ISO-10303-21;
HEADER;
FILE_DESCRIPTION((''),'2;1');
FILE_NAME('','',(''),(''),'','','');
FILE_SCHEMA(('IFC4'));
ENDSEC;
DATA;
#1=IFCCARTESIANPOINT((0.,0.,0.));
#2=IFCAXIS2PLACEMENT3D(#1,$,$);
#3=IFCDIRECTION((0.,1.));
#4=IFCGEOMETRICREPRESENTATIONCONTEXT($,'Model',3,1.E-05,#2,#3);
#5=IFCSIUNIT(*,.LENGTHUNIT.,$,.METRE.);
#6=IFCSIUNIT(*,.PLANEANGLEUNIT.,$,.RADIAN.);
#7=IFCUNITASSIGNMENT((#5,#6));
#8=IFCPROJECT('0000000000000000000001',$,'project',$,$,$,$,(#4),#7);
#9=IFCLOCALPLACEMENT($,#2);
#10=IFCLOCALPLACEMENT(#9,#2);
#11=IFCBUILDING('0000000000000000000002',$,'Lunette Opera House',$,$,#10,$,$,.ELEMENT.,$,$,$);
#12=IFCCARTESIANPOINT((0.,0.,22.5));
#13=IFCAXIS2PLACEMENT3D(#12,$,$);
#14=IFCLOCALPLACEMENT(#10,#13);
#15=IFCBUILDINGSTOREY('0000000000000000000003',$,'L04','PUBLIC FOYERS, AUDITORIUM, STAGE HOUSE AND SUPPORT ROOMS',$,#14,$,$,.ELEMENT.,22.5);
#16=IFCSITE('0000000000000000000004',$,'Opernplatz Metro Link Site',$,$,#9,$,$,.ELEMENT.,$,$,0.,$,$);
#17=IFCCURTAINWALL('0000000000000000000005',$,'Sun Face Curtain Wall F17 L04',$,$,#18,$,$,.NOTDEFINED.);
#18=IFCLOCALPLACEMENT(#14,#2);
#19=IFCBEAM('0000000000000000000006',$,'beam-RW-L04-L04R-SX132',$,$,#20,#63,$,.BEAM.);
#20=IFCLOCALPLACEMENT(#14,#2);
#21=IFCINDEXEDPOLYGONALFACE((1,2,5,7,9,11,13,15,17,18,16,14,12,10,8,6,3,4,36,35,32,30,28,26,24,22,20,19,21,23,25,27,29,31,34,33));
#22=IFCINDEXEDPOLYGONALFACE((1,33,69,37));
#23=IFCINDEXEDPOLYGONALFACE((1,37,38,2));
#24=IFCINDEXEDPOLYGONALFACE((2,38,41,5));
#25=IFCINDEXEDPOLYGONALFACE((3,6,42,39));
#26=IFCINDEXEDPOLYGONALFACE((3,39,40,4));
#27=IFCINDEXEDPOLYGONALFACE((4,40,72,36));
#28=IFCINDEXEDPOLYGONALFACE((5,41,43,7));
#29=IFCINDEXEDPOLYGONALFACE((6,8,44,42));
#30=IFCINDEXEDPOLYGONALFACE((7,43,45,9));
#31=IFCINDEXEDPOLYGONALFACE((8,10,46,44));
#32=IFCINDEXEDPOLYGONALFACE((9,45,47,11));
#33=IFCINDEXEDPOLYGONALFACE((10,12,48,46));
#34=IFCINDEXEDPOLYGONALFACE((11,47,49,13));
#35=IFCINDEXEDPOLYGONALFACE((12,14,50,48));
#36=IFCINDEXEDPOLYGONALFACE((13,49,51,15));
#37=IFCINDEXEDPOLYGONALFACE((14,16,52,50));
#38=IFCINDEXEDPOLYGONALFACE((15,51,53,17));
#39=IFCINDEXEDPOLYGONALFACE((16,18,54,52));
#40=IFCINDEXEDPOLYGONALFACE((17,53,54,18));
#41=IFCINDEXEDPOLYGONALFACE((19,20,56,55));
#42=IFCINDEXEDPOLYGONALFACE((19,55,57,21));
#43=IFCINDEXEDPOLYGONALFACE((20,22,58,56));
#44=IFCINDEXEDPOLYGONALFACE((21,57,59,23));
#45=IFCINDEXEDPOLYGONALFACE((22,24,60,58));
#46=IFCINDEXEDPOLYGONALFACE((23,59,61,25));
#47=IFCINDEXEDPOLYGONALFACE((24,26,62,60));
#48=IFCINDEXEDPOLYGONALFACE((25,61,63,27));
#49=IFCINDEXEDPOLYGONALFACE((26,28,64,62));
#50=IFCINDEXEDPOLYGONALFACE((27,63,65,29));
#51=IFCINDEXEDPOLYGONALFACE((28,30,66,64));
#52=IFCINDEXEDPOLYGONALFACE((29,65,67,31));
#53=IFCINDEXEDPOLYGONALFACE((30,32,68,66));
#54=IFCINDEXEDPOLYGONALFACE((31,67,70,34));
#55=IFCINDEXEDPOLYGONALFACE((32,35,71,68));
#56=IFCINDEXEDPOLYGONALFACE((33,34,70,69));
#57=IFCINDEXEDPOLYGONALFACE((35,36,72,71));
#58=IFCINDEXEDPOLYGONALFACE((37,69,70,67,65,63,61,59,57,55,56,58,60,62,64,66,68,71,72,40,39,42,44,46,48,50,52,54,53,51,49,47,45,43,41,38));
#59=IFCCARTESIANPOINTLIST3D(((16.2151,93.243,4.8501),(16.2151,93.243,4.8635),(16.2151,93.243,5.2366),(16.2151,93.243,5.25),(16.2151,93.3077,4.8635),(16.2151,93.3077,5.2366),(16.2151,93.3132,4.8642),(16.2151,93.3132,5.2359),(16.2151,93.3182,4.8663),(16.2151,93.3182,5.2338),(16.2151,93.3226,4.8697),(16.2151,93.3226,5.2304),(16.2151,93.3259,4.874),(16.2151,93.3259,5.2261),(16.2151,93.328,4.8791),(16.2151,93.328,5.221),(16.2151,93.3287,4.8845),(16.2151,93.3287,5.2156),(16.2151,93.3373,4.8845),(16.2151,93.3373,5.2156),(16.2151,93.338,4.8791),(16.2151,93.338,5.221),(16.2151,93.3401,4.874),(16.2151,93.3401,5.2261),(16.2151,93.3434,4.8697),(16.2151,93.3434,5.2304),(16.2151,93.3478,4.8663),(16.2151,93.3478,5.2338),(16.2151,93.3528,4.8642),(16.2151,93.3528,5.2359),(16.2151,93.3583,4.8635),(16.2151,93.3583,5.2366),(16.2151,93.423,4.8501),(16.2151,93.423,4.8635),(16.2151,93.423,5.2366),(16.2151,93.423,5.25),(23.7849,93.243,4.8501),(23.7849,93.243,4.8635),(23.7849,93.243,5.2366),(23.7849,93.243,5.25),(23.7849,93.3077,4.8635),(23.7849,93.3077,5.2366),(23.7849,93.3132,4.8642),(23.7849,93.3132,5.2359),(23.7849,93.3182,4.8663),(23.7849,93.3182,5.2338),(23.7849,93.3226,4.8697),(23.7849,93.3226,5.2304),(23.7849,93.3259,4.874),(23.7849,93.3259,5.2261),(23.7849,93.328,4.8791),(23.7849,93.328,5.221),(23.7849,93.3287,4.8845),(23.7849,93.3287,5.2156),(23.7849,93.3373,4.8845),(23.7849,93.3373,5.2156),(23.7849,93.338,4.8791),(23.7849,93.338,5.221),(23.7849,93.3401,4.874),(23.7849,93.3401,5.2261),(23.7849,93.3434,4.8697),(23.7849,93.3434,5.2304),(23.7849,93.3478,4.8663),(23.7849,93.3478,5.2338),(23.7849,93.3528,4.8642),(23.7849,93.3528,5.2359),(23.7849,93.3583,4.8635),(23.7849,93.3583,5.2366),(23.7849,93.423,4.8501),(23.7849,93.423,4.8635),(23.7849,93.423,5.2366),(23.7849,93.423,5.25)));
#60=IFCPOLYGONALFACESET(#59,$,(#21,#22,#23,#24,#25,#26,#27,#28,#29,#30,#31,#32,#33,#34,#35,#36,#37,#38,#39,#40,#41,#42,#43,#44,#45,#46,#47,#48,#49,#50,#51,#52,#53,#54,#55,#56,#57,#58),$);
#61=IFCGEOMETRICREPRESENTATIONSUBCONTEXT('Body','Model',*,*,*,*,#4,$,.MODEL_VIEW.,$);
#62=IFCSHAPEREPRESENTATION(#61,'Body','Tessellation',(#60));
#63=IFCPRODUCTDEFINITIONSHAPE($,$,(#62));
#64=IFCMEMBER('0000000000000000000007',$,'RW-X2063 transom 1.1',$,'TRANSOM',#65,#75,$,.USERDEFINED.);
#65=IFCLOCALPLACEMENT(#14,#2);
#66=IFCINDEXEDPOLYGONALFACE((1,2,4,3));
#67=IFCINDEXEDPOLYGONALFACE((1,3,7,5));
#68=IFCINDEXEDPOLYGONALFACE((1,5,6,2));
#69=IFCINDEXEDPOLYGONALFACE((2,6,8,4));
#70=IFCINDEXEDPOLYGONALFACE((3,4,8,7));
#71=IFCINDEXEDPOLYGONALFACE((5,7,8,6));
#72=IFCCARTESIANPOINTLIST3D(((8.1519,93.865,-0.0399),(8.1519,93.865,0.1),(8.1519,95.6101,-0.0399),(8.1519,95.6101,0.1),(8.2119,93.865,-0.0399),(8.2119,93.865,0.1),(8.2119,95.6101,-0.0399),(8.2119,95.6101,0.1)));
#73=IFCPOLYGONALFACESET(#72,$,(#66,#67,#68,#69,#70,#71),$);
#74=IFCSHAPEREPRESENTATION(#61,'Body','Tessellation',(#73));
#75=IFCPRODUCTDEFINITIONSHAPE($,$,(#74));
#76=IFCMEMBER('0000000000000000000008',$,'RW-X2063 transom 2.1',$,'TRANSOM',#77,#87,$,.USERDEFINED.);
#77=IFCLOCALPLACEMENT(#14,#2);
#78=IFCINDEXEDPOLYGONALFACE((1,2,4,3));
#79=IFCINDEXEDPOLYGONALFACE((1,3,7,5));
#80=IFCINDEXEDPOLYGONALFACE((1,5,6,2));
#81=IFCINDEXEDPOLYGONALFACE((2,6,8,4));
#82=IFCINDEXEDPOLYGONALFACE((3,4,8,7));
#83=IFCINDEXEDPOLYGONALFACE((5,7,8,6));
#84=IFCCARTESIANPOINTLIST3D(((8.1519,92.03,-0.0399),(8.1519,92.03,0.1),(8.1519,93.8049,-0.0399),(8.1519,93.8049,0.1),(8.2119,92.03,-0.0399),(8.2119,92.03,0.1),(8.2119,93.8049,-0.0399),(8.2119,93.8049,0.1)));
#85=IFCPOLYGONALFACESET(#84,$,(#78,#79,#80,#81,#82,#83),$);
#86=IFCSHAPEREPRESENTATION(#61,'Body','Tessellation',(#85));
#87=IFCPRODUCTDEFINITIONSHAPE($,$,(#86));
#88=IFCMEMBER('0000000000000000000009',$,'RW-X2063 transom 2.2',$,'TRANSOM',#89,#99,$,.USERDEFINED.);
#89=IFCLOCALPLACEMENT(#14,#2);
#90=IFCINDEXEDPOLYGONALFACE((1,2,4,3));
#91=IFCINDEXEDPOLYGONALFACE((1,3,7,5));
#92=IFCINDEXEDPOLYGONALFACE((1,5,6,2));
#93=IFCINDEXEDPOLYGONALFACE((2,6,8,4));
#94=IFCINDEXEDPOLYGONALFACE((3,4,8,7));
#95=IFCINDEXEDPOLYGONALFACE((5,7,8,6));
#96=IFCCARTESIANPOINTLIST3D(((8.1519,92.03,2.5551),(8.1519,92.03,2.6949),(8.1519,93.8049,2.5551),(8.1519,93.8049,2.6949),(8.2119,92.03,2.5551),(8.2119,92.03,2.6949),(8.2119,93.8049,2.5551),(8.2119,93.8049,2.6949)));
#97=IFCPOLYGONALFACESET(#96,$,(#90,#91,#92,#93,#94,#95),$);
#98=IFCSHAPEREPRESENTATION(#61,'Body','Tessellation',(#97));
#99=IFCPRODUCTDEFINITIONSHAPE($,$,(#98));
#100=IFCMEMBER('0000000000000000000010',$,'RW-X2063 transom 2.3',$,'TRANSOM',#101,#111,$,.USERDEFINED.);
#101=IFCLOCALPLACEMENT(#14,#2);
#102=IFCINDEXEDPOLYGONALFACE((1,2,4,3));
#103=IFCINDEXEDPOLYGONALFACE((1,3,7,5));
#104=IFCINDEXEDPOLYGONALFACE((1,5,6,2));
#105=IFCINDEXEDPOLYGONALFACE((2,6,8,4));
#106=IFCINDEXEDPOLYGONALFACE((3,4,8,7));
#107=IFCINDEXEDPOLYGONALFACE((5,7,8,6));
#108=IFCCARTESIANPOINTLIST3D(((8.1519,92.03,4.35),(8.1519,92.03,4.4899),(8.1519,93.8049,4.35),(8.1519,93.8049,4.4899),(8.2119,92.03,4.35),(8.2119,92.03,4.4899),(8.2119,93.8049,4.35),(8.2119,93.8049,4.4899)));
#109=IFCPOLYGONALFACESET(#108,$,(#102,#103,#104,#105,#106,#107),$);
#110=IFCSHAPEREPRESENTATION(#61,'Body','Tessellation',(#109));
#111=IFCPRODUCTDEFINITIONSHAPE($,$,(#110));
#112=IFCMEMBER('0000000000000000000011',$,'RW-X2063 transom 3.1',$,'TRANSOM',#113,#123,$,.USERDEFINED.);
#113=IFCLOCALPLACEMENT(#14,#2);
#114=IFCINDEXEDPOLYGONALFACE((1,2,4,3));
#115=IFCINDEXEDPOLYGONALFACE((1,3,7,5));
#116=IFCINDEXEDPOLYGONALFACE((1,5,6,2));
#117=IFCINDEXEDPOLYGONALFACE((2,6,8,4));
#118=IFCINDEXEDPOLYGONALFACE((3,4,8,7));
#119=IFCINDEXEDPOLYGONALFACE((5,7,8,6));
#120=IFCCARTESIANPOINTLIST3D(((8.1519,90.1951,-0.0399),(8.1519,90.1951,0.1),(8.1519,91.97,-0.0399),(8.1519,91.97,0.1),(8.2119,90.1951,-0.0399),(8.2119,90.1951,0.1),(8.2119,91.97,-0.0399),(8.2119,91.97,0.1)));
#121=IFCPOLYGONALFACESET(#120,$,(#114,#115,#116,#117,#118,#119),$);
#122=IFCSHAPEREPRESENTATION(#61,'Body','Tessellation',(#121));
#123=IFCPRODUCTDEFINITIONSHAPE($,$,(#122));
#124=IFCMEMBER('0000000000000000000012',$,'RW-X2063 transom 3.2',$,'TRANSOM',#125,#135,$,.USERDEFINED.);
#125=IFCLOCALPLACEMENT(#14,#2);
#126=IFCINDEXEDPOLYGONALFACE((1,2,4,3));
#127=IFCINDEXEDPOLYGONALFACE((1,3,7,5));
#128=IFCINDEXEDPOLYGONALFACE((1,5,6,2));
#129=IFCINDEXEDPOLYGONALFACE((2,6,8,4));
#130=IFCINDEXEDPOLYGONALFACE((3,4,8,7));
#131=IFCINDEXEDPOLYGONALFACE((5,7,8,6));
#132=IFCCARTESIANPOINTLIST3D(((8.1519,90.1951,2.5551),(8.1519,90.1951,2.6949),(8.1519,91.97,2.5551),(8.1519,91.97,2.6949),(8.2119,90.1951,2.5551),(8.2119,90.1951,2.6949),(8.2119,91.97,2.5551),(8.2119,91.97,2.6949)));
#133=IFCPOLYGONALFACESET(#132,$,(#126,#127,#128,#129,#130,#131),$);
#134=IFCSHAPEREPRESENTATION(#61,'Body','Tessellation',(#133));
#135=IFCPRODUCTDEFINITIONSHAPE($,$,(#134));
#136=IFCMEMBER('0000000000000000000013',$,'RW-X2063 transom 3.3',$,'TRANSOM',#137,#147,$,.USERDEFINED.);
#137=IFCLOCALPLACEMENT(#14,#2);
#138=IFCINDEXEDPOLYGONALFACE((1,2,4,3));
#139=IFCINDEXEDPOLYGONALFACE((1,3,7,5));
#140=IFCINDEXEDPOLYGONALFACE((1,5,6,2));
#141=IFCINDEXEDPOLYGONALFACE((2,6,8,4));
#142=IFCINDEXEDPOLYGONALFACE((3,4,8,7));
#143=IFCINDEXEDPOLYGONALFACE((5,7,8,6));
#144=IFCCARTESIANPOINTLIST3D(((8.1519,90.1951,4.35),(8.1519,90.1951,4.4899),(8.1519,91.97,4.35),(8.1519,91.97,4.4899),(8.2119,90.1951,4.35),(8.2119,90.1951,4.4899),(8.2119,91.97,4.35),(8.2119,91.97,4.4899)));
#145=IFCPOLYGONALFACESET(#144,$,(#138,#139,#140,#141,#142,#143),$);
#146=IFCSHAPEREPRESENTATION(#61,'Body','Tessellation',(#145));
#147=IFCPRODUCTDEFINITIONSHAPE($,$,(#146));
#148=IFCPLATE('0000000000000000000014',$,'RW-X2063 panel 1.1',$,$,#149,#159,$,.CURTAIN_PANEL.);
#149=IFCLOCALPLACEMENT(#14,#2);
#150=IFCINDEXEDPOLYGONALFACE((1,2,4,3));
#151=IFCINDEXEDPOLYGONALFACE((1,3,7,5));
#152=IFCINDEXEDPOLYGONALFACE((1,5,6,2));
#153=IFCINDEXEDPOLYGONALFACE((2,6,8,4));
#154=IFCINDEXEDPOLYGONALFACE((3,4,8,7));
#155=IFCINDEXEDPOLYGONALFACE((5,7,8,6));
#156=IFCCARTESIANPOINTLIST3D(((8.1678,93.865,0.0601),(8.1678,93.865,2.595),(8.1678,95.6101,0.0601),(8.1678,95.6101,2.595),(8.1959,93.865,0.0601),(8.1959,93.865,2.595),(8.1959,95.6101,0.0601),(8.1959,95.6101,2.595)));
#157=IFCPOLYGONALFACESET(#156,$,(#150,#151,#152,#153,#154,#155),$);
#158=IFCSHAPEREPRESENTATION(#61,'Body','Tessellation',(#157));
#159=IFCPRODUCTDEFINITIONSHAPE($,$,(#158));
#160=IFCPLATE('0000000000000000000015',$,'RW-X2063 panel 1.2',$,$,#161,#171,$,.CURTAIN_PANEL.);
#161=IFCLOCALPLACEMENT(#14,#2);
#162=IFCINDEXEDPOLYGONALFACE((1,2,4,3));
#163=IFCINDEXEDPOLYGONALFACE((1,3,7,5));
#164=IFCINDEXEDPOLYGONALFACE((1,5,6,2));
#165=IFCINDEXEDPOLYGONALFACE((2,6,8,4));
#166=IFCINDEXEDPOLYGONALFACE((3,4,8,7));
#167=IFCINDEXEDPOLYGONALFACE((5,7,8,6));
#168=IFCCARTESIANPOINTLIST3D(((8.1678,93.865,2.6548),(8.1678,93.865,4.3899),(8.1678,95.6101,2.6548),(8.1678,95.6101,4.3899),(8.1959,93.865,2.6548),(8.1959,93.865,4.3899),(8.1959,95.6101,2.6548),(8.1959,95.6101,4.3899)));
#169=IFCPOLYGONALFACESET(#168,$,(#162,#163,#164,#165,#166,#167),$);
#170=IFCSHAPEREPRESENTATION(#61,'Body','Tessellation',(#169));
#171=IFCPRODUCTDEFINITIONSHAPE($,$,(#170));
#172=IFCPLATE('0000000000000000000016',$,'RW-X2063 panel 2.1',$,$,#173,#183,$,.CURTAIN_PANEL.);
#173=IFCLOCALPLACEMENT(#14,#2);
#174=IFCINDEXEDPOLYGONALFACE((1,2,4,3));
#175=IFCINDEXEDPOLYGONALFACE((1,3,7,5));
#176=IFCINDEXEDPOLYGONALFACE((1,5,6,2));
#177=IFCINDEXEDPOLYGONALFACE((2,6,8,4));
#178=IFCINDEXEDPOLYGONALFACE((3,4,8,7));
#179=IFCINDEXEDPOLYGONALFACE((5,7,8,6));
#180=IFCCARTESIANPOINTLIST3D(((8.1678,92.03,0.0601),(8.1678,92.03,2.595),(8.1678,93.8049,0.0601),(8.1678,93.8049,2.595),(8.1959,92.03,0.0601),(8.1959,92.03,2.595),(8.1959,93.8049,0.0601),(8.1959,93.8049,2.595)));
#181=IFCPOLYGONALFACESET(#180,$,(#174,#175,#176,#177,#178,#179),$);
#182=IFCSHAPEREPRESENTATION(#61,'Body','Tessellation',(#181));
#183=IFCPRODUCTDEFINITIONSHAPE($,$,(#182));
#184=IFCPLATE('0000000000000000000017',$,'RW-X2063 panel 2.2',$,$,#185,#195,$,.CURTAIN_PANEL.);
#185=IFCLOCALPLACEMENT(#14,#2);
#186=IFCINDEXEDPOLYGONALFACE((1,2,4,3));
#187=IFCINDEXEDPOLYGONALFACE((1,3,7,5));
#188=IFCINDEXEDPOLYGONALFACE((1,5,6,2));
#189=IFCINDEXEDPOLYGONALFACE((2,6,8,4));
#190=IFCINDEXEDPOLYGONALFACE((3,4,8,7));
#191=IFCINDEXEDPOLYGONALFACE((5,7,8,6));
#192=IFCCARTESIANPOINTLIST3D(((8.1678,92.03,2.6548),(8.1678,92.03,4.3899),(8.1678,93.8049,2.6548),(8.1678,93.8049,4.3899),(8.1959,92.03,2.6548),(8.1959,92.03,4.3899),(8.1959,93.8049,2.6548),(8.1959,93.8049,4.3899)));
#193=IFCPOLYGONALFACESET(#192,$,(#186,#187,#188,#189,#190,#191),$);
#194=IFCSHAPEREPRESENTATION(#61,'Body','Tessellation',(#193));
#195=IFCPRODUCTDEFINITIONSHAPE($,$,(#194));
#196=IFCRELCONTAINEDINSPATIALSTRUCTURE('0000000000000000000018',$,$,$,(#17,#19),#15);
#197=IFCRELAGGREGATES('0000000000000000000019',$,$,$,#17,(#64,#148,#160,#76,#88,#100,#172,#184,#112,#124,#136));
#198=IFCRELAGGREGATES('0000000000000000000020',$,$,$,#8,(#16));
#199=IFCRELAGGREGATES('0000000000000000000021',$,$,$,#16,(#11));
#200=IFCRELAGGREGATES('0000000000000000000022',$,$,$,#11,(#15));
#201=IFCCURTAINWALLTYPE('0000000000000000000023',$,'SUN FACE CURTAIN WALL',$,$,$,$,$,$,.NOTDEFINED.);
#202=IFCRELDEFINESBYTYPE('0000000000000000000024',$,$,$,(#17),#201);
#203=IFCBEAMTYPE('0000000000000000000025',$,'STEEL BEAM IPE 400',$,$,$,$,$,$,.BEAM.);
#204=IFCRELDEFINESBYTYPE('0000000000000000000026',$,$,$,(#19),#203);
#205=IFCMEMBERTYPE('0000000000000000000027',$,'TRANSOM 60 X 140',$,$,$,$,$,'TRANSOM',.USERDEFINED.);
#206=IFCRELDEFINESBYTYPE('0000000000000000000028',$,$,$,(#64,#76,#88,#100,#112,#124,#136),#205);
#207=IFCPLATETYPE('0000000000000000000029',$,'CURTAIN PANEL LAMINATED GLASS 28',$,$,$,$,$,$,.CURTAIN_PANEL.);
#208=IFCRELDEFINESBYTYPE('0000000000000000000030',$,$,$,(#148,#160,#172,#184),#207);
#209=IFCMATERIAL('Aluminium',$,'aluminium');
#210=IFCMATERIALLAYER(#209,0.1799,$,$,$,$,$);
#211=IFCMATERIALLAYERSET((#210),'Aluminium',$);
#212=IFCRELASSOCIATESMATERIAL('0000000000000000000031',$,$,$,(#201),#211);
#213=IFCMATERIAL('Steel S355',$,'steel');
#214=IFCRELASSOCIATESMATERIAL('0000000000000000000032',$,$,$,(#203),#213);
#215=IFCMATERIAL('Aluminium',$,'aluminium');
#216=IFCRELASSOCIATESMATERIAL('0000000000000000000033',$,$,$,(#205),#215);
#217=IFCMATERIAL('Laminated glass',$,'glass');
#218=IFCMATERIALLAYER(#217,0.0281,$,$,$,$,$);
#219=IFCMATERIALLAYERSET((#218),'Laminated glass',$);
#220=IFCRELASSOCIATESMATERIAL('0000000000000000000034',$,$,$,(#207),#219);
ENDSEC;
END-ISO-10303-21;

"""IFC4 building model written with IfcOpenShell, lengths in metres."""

from ifc_helpers import new_model, si_unit, direction, frame, origin, origin_2d, place, context, subcontext, project, spatial, rectangle, i_section, extrude, material, layer, layer_set, material_profile, profile_set, type_object, element, aggregate, save


model = new_model("IFC4")

# Units and contexts
model_context = context("Model", 3, precision=1e-05, world=origin(), true_north=direction((0.0, 1.0)))
body_context = subcontext(model_context, "Body", "Model", "MODEL_VIEW")
ifc_project = project(units=[si_unit("LENGTHUNIT", "METRE"), si_unit("PLANEANGLEUNIT", "RADIAN")], contexts=[model_context])

# Site, building, storey
site_placement = place(None, origin())
site = spatial("IfcSite", under=ifc_project, at=site_placement, Name="Opernplatz Metro Link Site", CompositionType="ELEMENT", RefElevation=0.0)
building_placement = place(site_placement, origin())
building = spatial("IfcBuilding", under=site, at=building_placement, Name="Lunette Opera House", CompositionType="ELEMENT")
storey_placement = place(building_placement, frame((0.0, 0.0, 22.5)))
storey = spatial("IfcBuildingStorey", under=building, at=storey_placement, Name="L04", Description="PUBLIC FOYERS, AUDITORIUM, STAGE HOUSE AND SUPPORT ROOMS", CompositionType="ELEMENT", Elevation=22.5)

# Curtain wall
ifc_material_1 = material(Name="Aluminium", Category="aluminium")
ifc_layer_1 = layer(ifc_material_1, 0.1799)
ifc_layer_set_1 = layer_set([ifc_layer_1], Name="Aluminium")
curtain_wall_type = type_object("IfcCurtainWallType", Name="SUN FACE CURTAIN WALL", PredefinedType="NOTDEFINED", material=ifc_layer_set_1)
curtain_wall_placement = place(storey_placement, origin())
curtain_wall = element("IfcCurtainWall", 1, at=curtain_wall_placement, inside=storey, type_object=curtain_wall_type, Name="Sun Face Curtain Wall F17 L04", PredefinedType="NOTDEFINED")

# Beam
ifc_material_2 = material(Name="Steel S355", Category="steel")
ifc_material_profile_1 = material_profile(ifc_material_2, i_section(OverallWidth=0.1799, OverallDepth=0.3999, WebThickness=0.0085, FlangeThickness=0.0134, FilletRadius=0.021, at=origin_2d()), Name="IPE 400")
ifc_profile_set_1 = profile_set([ifc_material_profile_1], Name="Steel S355")
beam_type = type_object("IfcBeamType", Name="STEEL BEAM IPE 400", PredefinedType="BEAM", material=ifc_profile_set_1)
for number, where, z_axis, x_axis, name in (
    (2, (16.2151, 93.333, 5.05), (1.0, 0.0, 0.0), (0.0, 1.0, 0.0), "beam-RW-L04-L04R-SX132"),
):
    element("IfcBeam", number, at=place(storey_placement, frame(where, z_axis=z_axis, x_axis=x_axis)), inside=storey, type_object=beam_type, Name=name, PredefinedType="BEAM", context=body_context, shape_type="SweptSolid", body=[
        extrude(i_section(OverallWidth=0.1799, OverallDepth=0.3999, WebThickness=0.0085, FlangeThickness=0.0134, FilletRadius=0.021, at=origin_2d()), origin(), (0.0, 0.0, 1.0), 7.5698),
    ])

# Members
ifc_material_3 = material(Name="Aluminium", Category="aluminium")
ifc_material_profile_2 = material_profile(ifc_material_3, rectangle(XDim=0.0601, YDim=0.1399, at=origin_2d()), Name="TRANSOM 60 X 140")
ifc_profile_set_2 = profile_set([ifc_material_profile_2], Name="Aluminium")
member_type_1 = type_object("IfcMemberType", Name="TRANSOM 60 X 140", ElementType="TRANSOM", PredefinedType="USERDEFINED", material=ifc_profile_set_2)
member_1_placement = place(storey_placement, frame((8.1819, 95.6101, 0.03), z_axis=(0.0, -1.0, 0.0), x_axis=(1.0, 0.0, 0.0)))
member_1 = element("IfcMember", 3, at=member_1_placement, type_object=member_type_1, Name="RW-X2063 transom 1.1", ObjectType="TRANSOM", PredefinedType="USERDEFINED", context=body_context, shape_type="SweptSolid", body=[
    extrude(rectangle(XDim=0.0601, YDim=0.1399, at=origin_2d()), origin(), (0.0, 0.0, 1.0), 1.7451),
])
member_2_placement = place(storey_placement, frame((8.1819, 93.8049, 0.03), z_axis=(0.0, -1.0, 0.0), x_axis=(1.0, 0.0, 0.0)))
member_2 = element("IfcMember", 4, at=member_2_placement, type_object=member_type_1, Name="RW-X2063 transom 2.1", ObjectType="TRANSOM", PredefinedType="USERDEFINED", context=body_context, shape_type="SweptSolid", body=[
    extrude(rectangle(XDim=0.0601, YDim=0.1399, at=origin_2d()), origin(), (0.0, 0.0, 1.0), 1.7749),
])
member_3_placement = place(storey_placement, frame((8.1819, 93.8049, 2.625), z_axis=(0.0, -1.0, 0.0), x_axis=(1.0, 0.0, 0.0)))
member_3 = element("IfcMember", 5, at=member_3_placement, type_object=member_type_1, Name="RW-X2063 transom 2.2", ObjectType="TRANSOM", PredefinedType="USERDEFINED", context=body_context, shape_type="SweptSolid", body=[
    extrude(rectangle(XDim=0.0601, YDim=0.1399, at=origin_2d()), origin(), (0.0, 0.0, 1.0), 1.7749),
])
member_4_placement = place(storey_placement, frame((8.1819, 93.8049, 4.4199), z_axis=(0.0, -1.0, 0.0), x_axis=(1.0, 0.0, 0.0)))
member_4 = element("IfcMember", 6, at=member_4_placement, type_object=member_type_1, Name="RW-X2063 transom 2.3", ObjectType="TRANSOM", PredefinedType="USERDEFINED", context=body_context, shape_type="SweptSolid", body=[
    extrude(rectangle(XDim=0.0601, YDim=0.1399, at=origin_2d()), origin(), (0.0, 0.0, 1.0), 1.7749),
])
member_5_placement = place(storey_placement, frame((8.1819, 91.97, 0.03), z_axis=(0.0, -1.0, 0.0), x_axis=(1.0, 0.0, 0.0)))
member_5 = element("IfcMember", 7, at=member_5_placement, type_object=member_type_1, Name="RW-X2063 transom 3.1", ObjectType="TRANSOM", PredefinedType="USERDEFINED", context=body_context, shape_type="SweptSolid", body=[
    extrude(rectangle(XDim=0.0601, YDim=0.1399, at=origin_2d()), origin(), (0.0, 0.0, 1.0), 1.7749),
])
member_6_placement = place(storey_placement, frame((8.1819, 91.97, 2.625), z_axis=(0.0, -1.0, 0.0), x_axis=(1.0, 0.0, 0.0)))
member_6 = element("IfcMember", 8, at=member_6_placement, type_object=member_type_1, Name="RW-X2063 transom 3.2", ObjectType="TRANSOM", PredefinedType="USERDEFINED", context=body_context, shape_type="SweptSolid", body=[
    extrude(rectangle(XDim=0.0601, YDim=0.1399, at=origin_2d()), origin(), (0.0, 0.0, 1.0), 1.7749),
])
member_7_placement = place(storey_placement, frame((8.1819, 91.97, 4.4199), z_axis=(0.0, -1.0, 0.0), x_axis=(1.0, 0.0, 0.0)))
member_7 = element("IfcMember", 9, at=member_7_placement, type_object=member_type_1, Name="RW-X2063 transom 3.3", ObjectType="TRANSOM", PredefinedType="USERDEFINED", context=body_context, shape_type="SweptSolid", body=[
    extrude(rectangle(XDim=0.0601, YDim=0.1399, at=origin_2d()), origin(), (0.0, 0.0, 1.0), 1.7749),
])

# Plates
ifc_material_4 = material(Name="Laminated glass", Category="glass")
ifc_layer_2 = layer(ifc_material_4, 0.0281)
ifc_layer_set_2 = layer_set([ifc_layer_2], Name="Laminated glass")
plate_type = type_object("IfcPlateType", Name="CURTAIN PANEL LAMINATED GLASS 28", PredefinedType="CURTAIN_PANEL", material=ifc_layer_set_2)
plate_1_placement = place(storey_placement, frame((8.1819, 94.7375, 0.0601), z_axis=(0.0, 0.0, 1.0), x_axis=(0.0, -1.0, 0.0)))
plate_1 = element("IfcPlate", 10, at=plate_1_placement, type_object=plate_type, Name="RW-X2063 panel 1.1", PredefinedType="CURTAIN_PANEL", context=body_context, shape_type="SweptSolid", body=[
    extrude(rectangle(XDim=1.7451, YDim=0.0281, at=origin_2d()), origin(), (0.0, 0.0, 1.0), 2.5349),
])
plate_2_placement = place(storey_placement, frame((8.1819, 94.7375, 2.6548), z_axis=(0.0, 0.0, 1.0), x_axis=(0.0, -1.0, 0.0)))
plate_2 = element("IfcPlate", 11, at=plate_2_placement, type_object=plate_type, Name="RW-X2063 panel 1.2", PredefinedType="CURTAIN_PANEL", context=body_context, shape_type="SweptSolid", body=[
    extrude(rectangle(XDim=1.7451, YDim=0.0281, at=origin_2d()), origin(), (0.0, 0.0, 1.0), 1.7351),
])
plate_3_placement = place(storey_placement, frame((8.1819, 92.9175, 0.0601), z_axis=(0.0, 0.0, 1.0), x_axis=(0.0, -1.0, 0.0)))
plate_3 = element("IfcPlate", 12, at=plate_3_placement, type_object=plate_type, Name="RW-X2063 panel 2.1", PredefinedType="CURTAIN_PANEL", context=body_context, shape_type="SweptSolid", body=[
    extrude(rectangle(XDim=1.7749, YDim=0.0281, at=origin_2d()), origin(), (0.0, 0.0, 1.0), 2.5349),
])
plate_4_placement = place(storey_placement, frame((8.1819, 92.9175, 2.6548), z_axis=(0.0, 0.0, 1.0), x_axis=(0.0, -1.0, 0.0)))
plate_4 = element("IfcPlate", 13, at=plate_4_placement, type_object=plate_type, Name="RW-X2063 panel 2.2", PredefinedType="CURTAIN_PANEL", context=body_context, shape_type="SweptSolid", body=[
    extrude(rectangle(XDim=1.7749, YDim=0.0281, at=origin_2d()), origin(), (0.0, 0.0, 1.0), 1.7351),
])
aggregate(curtain_wall, [member_1, plate_1, plate_2, member_2, member_3, member_4, plate_3, plate_4, member_5, member_6, member_7])

save(model, "model.ifc")
